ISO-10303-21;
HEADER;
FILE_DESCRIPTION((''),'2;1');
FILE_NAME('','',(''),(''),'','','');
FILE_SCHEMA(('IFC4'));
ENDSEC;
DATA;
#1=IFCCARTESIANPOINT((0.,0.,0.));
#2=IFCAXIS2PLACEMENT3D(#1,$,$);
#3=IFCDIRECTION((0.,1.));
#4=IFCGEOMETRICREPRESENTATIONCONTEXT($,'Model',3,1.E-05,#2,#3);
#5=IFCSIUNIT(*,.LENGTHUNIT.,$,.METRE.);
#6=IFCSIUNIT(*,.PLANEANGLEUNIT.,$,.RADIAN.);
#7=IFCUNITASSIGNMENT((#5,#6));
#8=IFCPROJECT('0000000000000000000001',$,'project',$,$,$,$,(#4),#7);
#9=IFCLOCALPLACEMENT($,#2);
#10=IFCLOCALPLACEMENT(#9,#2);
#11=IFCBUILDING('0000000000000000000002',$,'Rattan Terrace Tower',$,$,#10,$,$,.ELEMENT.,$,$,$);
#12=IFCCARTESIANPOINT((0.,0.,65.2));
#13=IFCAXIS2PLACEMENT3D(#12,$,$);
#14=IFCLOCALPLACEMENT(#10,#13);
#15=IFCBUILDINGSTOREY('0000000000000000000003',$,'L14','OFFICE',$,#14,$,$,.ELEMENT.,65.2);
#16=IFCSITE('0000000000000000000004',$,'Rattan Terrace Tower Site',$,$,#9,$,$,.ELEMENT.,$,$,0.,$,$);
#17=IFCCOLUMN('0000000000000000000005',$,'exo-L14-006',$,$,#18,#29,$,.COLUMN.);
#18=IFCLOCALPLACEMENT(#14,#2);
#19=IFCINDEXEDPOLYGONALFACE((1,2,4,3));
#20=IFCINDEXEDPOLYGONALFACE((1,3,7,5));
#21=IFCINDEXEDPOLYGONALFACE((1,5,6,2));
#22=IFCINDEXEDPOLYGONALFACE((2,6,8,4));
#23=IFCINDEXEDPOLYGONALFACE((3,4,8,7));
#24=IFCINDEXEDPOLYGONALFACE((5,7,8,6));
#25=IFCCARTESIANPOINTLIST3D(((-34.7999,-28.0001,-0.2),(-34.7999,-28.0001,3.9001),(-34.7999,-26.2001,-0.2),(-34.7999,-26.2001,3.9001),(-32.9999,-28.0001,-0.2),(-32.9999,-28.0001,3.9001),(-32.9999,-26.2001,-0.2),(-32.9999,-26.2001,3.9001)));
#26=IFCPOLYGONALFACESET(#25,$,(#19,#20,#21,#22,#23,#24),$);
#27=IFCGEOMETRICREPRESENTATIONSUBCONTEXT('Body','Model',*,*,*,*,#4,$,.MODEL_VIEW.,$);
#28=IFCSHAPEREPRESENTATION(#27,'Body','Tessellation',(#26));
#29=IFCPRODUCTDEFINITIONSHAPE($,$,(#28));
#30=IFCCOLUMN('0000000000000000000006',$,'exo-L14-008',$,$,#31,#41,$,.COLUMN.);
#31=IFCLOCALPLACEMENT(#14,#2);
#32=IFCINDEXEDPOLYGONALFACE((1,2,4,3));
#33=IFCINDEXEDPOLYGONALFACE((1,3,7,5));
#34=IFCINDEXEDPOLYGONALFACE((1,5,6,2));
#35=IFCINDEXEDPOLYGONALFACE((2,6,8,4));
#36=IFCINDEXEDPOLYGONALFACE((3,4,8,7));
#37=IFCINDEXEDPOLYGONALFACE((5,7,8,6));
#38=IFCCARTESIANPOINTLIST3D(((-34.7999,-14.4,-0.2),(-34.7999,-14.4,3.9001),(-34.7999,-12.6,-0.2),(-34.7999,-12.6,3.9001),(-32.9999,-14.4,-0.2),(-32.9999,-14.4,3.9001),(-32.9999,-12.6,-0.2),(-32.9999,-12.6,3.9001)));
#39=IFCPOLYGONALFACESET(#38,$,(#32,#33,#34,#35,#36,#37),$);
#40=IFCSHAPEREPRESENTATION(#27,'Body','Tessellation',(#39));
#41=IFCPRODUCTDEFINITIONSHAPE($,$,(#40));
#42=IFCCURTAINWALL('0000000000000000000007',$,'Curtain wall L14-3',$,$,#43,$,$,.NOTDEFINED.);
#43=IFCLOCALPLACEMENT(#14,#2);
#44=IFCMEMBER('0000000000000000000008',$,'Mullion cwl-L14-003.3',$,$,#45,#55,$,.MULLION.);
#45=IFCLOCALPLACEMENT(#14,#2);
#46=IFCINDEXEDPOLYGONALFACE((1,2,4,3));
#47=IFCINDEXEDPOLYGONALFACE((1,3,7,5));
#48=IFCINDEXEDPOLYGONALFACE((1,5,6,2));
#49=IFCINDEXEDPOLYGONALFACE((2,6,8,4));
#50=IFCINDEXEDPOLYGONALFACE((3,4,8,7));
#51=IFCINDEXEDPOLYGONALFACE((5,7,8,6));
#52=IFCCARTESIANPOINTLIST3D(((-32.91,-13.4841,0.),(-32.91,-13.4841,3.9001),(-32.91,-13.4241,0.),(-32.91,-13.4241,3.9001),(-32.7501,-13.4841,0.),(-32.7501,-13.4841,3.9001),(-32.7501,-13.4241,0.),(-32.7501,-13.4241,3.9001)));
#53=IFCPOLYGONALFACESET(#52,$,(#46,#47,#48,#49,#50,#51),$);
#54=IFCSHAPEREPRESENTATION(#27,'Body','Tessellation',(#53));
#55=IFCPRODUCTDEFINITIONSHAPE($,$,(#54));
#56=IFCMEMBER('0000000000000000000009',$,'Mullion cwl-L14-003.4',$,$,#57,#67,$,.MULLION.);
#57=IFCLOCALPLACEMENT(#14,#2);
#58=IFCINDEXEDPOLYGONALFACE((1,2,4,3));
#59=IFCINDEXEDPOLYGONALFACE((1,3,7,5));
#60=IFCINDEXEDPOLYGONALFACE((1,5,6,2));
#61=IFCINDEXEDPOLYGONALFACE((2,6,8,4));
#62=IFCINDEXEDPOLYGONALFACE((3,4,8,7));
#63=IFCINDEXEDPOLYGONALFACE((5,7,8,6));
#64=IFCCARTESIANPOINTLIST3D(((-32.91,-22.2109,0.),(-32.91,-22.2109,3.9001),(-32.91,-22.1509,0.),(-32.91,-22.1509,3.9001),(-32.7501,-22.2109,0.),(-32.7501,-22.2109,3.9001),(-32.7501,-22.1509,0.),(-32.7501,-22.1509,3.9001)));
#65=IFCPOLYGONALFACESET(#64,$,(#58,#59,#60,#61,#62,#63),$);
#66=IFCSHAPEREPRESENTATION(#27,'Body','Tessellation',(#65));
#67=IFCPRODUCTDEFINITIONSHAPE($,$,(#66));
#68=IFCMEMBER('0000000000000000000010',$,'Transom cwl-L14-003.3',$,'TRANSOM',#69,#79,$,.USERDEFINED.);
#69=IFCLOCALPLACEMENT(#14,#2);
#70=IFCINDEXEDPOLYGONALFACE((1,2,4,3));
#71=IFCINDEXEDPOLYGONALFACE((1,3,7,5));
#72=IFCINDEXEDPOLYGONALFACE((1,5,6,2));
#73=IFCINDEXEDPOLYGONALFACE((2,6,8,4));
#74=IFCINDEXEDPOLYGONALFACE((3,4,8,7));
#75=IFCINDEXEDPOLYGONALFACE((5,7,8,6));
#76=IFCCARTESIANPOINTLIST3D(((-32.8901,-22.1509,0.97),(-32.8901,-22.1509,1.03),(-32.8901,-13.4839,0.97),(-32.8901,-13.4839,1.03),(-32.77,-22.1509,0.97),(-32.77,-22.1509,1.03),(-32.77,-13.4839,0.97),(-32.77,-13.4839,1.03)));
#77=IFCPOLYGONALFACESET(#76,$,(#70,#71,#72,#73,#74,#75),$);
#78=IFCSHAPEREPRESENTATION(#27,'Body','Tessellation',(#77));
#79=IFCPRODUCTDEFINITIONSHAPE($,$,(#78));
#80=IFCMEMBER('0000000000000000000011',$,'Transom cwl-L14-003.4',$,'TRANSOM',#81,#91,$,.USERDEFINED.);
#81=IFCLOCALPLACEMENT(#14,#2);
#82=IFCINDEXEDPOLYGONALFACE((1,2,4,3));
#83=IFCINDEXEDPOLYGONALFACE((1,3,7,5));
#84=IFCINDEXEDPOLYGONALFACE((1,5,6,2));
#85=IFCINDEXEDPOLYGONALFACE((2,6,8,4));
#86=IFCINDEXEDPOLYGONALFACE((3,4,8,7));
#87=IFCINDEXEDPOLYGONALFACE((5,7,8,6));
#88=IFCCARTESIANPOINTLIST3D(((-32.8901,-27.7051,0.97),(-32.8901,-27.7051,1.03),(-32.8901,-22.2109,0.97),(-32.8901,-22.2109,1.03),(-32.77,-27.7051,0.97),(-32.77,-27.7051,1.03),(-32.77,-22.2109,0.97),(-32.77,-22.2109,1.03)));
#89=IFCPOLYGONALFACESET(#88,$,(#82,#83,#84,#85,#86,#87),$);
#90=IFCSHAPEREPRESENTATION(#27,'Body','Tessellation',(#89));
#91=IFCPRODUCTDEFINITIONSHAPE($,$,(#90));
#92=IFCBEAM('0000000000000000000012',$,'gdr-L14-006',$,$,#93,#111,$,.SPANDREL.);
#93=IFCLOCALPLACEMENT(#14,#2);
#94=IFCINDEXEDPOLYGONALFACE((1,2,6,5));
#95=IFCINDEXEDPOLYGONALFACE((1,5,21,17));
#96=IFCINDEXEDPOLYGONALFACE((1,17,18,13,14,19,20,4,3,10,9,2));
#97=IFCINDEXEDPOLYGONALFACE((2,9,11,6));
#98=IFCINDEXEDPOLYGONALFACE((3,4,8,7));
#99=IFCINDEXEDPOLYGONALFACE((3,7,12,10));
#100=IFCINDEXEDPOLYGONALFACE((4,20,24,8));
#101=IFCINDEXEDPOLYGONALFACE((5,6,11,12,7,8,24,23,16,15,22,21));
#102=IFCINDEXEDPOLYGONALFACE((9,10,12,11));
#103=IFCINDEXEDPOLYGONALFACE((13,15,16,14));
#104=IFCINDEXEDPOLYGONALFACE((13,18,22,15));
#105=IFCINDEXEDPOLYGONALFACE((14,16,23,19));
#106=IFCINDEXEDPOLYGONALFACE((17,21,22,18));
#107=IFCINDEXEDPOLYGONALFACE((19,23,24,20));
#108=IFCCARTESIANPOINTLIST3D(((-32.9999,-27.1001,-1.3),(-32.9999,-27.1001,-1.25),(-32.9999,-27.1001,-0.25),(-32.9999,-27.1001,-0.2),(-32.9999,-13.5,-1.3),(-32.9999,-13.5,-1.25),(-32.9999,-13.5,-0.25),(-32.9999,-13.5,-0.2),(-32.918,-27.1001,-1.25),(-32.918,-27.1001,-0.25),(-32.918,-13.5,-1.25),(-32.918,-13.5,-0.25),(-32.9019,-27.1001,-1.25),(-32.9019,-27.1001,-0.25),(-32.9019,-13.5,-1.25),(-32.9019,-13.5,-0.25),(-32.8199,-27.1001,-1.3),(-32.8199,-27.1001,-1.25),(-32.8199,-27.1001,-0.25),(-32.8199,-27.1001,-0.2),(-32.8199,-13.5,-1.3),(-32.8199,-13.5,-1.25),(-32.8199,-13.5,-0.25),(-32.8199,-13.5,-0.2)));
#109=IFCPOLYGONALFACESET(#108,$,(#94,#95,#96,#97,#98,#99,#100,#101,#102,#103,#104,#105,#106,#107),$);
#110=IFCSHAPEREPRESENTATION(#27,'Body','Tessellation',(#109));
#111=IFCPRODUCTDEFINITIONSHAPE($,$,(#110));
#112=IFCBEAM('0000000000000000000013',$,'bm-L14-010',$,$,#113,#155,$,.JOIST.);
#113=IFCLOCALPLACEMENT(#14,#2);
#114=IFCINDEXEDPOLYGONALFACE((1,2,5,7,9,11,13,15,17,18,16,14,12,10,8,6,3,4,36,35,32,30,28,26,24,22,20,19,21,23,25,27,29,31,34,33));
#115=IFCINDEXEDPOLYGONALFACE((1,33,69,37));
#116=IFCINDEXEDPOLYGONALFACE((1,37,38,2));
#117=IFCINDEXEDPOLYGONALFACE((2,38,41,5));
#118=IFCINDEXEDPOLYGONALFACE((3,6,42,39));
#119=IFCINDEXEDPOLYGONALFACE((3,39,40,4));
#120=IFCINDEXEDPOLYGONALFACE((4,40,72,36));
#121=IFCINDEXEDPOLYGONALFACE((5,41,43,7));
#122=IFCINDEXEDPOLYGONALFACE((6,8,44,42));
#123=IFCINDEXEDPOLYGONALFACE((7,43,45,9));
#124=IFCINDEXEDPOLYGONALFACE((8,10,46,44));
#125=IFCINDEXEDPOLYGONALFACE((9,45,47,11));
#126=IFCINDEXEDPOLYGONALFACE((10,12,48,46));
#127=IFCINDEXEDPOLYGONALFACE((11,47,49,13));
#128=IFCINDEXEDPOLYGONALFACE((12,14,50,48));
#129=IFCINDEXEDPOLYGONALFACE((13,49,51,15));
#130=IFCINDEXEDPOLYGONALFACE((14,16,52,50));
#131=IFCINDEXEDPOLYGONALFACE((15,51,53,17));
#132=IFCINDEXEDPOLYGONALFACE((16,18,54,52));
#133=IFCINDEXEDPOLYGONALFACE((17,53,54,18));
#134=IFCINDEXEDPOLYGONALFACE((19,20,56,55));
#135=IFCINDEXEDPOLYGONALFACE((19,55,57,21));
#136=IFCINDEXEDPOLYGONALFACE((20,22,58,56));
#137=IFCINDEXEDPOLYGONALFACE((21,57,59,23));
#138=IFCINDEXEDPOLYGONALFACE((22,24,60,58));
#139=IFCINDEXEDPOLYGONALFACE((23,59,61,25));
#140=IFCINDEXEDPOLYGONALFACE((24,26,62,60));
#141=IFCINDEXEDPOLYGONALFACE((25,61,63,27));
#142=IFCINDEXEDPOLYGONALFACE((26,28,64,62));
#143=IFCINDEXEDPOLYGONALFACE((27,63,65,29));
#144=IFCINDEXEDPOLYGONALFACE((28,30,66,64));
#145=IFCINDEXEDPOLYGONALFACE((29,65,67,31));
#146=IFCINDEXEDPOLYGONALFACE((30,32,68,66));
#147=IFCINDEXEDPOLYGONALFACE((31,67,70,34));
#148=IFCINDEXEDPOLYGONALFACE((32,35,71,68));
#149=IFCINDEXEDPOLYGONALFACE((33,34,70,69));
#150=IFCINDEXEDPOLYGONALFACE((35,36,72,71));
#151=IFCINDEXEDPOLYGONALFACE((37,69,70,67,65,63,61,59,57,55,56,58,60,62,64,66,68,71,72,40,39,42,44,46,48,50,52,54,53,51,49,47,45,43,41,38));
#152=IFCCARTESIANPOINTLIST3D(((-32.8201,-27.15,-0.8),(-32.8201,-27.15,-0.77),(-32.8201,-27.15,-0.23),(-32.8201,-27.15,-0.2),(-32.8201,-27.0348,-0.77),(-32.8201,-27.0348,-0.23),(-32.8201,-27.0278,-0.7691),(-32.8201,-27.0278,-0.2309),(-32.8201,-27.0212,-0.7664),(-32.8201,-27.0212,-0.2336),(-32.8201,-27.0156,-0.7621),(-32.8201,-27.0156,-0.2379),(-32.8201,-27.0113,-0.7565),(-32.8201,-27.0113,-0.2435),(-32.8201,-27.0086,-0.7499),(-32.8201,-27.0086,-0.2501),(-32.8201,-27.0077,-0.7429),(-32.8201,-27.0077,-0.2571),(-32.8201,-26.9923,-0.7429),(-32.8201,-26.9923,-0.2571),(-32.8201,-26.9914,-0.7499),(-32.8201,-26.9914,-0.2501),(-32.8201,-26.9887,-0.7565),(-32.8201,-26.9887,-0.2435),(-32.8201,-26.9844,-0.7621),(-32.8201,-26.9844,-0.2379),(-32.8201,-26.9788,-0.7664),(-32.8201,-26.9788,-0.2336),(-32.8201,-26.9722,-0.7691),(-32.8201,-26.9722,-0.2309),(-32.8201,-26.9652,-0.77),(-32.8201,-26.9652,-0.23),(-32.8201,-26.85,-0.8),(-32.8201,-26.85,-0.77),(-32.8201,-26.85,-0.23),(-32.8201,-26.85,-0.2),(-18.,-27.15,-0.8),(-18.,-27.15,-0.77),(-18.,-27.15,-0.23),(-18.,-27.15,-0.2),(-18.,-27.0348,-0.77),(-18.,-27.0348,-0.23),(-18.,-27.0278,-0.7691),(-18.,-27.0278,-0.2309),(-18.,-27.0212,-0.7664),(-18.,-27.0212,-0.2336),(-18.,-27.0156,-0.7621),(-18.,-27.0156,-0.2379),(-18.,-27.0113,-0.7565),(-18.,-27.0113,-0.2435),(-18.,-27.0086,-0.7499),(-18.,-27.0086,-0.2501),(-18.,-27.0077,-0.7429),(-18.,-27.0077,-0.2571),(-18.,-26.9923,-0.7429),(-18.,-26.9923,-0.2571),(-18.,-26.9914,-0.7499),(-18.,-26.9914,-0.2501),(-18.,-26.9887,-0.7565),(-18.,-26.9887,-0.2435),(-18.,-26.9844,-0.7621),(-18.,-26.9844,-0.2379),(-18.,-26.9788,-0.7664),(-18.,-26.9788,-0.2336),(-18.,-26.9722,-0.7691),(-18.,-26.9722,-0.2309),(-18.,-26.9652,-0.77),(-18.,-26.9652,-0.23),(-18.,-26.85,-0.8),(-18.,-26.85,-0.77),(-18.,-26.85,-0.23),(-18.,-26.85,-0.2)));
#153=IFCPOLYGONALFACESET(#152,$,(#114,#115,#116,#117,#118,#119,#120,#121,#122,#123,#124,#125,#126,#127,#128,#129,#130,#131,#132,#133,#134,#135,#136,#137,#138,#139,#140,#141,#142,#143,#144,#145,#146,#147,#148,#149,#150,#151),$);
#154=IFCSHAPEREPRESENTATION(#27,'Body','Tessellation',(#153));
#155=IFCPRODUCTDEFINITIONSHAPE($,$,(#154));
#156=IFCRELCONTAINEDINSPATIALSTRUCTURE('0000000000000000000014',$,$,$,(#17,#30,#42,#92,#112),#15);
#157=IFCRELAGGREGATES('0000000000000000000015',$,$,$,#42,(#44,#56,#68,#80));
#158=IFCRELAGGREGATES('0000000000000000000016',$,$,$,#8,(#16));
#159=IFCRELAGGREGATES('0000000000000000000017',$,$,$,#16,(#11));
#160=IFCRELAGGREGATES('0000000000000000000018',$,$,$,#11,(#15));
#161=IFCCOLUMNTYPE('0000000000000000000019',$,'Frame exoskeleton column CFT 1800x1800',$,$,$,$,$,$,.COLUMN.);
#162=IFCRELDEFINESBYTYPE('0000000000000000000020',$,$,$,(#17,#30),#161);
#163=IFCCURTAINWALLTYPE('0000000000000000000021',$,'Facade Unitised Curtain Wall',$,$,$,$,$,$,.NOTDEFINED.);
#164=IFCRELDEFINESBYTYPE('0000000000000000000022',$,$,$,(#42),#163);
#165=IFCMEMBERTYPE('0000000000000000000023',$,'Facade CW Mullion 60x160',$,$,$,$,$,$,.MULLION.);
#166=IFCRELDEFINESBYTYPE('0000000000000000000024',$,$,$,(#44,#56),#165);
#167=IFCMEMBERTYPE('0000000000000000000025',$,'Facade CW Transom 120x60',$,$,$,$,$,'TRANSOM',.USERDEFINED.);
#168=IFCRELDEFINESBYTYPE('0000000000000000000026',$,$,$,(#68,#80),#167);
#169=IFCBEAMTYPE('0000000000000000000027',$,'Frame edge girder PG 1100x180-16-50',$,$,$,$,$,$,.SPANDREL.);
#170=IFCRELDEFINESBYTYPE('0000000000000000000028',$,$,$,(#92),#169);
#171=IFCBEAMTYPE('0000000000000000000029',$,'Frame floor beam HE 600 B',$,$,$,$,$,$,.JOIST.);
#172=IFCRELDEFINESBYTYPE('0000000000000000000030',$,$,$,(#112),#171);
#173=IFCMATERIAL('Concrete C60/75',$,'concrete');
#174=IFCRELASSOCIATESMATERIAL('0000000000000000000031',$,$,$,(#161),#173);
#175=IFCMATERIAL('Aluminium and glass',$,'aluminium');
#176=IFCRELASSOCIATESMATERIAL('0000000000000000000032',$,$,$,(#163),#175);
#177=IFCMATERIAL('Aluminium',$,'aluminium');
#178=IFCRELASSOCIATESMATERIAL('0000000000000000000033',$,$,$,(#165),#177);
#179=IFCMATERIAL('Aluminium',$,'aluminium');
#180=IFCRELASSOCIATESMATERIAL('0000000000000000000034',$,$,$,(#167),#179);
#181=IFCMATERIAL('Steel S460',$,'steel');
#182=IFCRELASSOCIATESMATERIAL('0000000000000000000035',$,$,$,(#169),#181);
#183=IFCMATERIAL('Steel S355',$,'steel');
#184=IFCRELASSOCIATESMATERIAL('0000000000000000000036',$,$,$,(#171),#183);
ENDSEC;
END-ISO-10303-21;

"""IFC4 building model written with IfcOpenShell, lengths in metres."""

from ifc_helpers import new_model, si_unit, direction, frame, origin, origin_2d, place, context, subcontext, project, spatial, rectangle, i_section, extrude, material, material_profile, profile_set, type_object, element, aggregate, save


model = new_model("IFC4")

# Units and contexts
model_context = context("Model", 3, precision=1e-05, world=origin(), true_north=direction((0.0, 1.0)))
body_context = subcontext(model_context, "Body", "Model", "MODEL_VIEW")
ifc_project = project(units=[si_unit("LENGTHUNIT", "METRE"), si_unit("PLANEANGLEUNIT", "RADIAN")], contexts=[model_context])

# Site, building, storey
site_placement = place(None, origin())
site = spatial("IfcSite", under=ifc_project, at=site_placement, Name="Rattan Terrace Tower Site", CompositionType="ELEMENT", RefElevation=0.0)
building_placement = place(site_placement, origin())
building = spatial("IfcBuilding", under=site, at=building_placement, Name="Rattan Terrace Tower", CompositionType="ELEMENT")
storey_placement = place(building_placement, frame((0.0, 0.0, 65.2)))
storey = spatial("IfcBuildingStorey", under=building, at=storey_placement, Name="L14", Description="OFFICE", CompositionType="ELEMENT", Elevation=65.2)

# Columns
ifc_material_1 = material(Name="Concrete C60/75", Category="concrete")
ifc_material_profile_1 = material_profile(ifc_material_1, rectangle(XDim=1.8, YDim=1.8, at=origin_2d()), Name="CFT 1800x1800")
ifc_profile_set_1 = profile_set([ifc_material_profile_1], Name="Concrete C60/75")
column_type = type_object("IfcColumnType", Name="Frame exoskeleton column CFT 1800x1800", PredefinedType="COLUMN", material=ifc_profile_set_1)
for number, where, z_axis, x_axis, name in (
    (1, (-33.8999, -27.1001, -0.2), (0.0, 0.0, 1.0), (0.0, 1.0, 0.0), "exo-L14-006"),
    (2, (-33.8999, -13.5, -0.2), (0.0, 0.0, 1.0), (0.0, 1.0, 0.0), "exo-L14-008"),
):
    element("IfcColumn", number, at=place(storey_placement, frame(where, z_axis=z_axis, x_axis=x_axis)), inside=storey, type_object=column_type, Name=name, PredefinedType="COLUMN", context=body_context, shape_type="SweptSolid", body=[
        extrude(rectangle(XDim=1.8, YDim=1.8, at=origin_2d()), origin(), (0.0, 0.0, 1.0), 4.1001),
    ])

# Curtain wall, members
ifc_material_2 = material(Name="Aluminium and glass", Category="aluminium")
curtain_wall_type = type_object("IfcCurtainWallType", Name="Facade Unitised Curtain Wall", PredefinedType="NOTDEFINED", material=ifc_material_2)
curtain_wall_placement = place(storey_placement, origin())
curtain_wall = element("IfcCurtainWall", 3, at=curtain_wall_placement, inside=storey, type_object=curtain_wall_type, Name="Curtain wall L14-3", PredefinedType="NOTDEFINED")
ifc_material_3 = material(Name="Aluminium", Category="aluminium")
ifc_material_profile_2 = material_profile(ifc_material_3, rectangle(XDim=0.0601, YDim=0.1599, at=origin_2d()), Name="Aluminium 60x160")
ifc_profile_set_2 = profile_set([ifc_material_profile_2], Name="Aluminium")
member_type_1 = type_object("IfcMemberType", Name="Facade CW Mullion 60x160", PredefinedType="MULLION", material=ifc_profile_set_2)
member_1_placement = place(storey_placement, frame((-32.8301, -13.4541, 0.0), z_axis=(0.0, 0.0, 1.0), x_axis=(0.0, -1.0, 0.0)))
member_1 = element("IfcMember", 4, at=member_1_placement, type_object=member_type_1, Name="Mullion cwl-L14-003.3", PredefinedType="MULLION", context=body_context, shape_type="SweptSolid", body=[
    extrude(rectangle(XDim=0.0601, YDim=0.1599, at=origin_2d()), origin(), (0.0, 0.0, 1.0), 3.9001),
])
member_2_placement = place(storey_placement, frame((-32.8301, -22.1809, 0.0), z_axis=(0.0, 0.0, 1.0), x_axis=(0.0, -1.0, 0.0)))
member_2 = element("IfcMember", 5, at=member_2_placement, type_object=member_type_1, Name="Mullion cwl-L14-003.4", PredefinedType="MULLION", context=body_context, shape_type="SweptSolid", body=[
    extrude(rectangle(XDim=0.0601, YDim=0.1599, at=origin_2d()), origin(), (0.0, 0.0, 1.0), 3.9001),
])
ifc_material_4 = material(Name="Aluminium", Category="aluminium")
ifc_material_profile_3 = material_profile(ifc_material_4, rectangle(XDim=0.1201, YDim=0.0601, at=origin_2d()), Name="Aluminium 120x60")
ifc_profile_set_3 = profile_set([ifc_material_profile_3], Name="Aluminium")
member_type_2 = type_object("IfcMemberType", Name="Facade CW Transom 120x60", ElementType="TRANSOM", PredefinedType="USERDEFINED", material=ifc_profile_set_3)
member_3_placement = place(storey_placement, frame((-32.8301, -13.4839, 1.0), z_axis=(0.0, -1.0, 0.0), x_axis=(1.0, 0.0, 0.0)))
member_3 = element("IfcMember", 6, at=member_3_placement, type_object=member_type_2, Name="Transom cwl-L14-003.3", ObjectType="TRANSOM", PredefinedType="USERDEFINED", context=body_context, shape_type="SweptSolid", body=[
    extrude(rectangle(XDim=0.1201, YDim=0.0601, at=origin_2d()), origin(), (0.0, 0.0, 1.0), 8.667),
])
member_4_placement = place(storey_placement, frame((-32.8301, -22.2109, 1.0), z_axis=(0.0, -1.0, 0.0), x_axis=(1.0, 0.0, 0.0)))
member_4 = element("IfcMember", 7, at=member_4_placement, type_object=member_type_2, Name="Transom cwl-L14-003.4", ObjectType="TRANSOM", PredefinedType="USERDEFINED", context=body_context, shape_type="SweptSolid", body=[
    extrude(rectangle(XDim=0.1201, YDim=0.0601, at=origin_2d()), origin(), (0.0, 0.0, 1.0), 5.4941),
])

# Beams
ifc_material_5 = material(Name="Steel S460", Category="steel")
ifc_material_profile_4 = material_profile(ifc_material_5, i_section(OverallWidth=0.1799, OverallDepth=1.1001, WebThickness=0.0161, FlangeThickness=0.05, at=origin_2d()), Name="PG 1100x180-16-50")
ifc_profile_set_4 = profile_set([ifc_material_profile_4], Name="Steel S460")
beam_type_1 = type_object("IfcBeamType", Name="Frame edge girder PG 1100x180-16-50", PredefinedType="SPANDREL", material=ifc_profile_set_4)
beam_placement = place(storey_placement, frame((-32.9099, -13.5, -0.75), z_axis=(0.0, -1.0, 0.0), x_axis=(1.0, 0.0, 0.0)))
element("IfcBeam", 8, at=beam_placement, inside=storey, type_object=beam_type_1, Name="gdr-L14-006", PredefinedType="SPANDREL", context=body_context, shape_type="SweptSolid", body=[
    extrude(i_section(OverallWidth=0.1799, OverallDepth=1.1001, WebThickness=0.0161, FlangeThickness=0.05, at=origin_2d()), origin(), (0.0, 0.0, 1.0), 13.6001),
])
ifc_material_6 = material(Name="Steel S355", Category="steel")
ifc_material_profile_5 = material_profile(ifc_material_6, i_section(OverallWidth=0.3, OverallDepth=0.6001, WebThickness=0.0154, FlangeThickness=0.03, FilletRadius=0.0271, at=origin_2d()), Name="HE 600 B")
ifc_profile_set_5 = profile_set([ifc_material_profile_5], Name="Steel S355")
beam_type_2 = type_object("IfcBeamType", Name="Frame floor beam HE 600 B", PredefinedType="JOIST", material=ifc_profile_set_5)
for number, where, z_axis, x_axis, name in (
    (9, (-32.8201, -27.0, -0.5), (1.0, 0.0, 0.0), (0.0, 1.0, 0.0), "bm-L14-010"),
):
    element("IfcBeam", number, at=place(storey_placement, frame(where, z_axis=z_axis, x_axis=x_axis)), inside=storey, type_object=beam_type_2, Name=name, PredefinedType="JOIST", context=body_context, shape_type="SweptSolid", body=[
        extrude(i_section(OverallWidth=0.3, OverallDepth=0.6001, WebThickness=0.0154, FlangeThickness=0.03, FilletRadius=0.0271, at=origin_2d()), origin(), (0.0, 0.0, 1.0), 14.8201),
    ])

aggregate(curtain_wall, [member_1, member_2, member_3, member_4])

save(model, "model.ifc")
